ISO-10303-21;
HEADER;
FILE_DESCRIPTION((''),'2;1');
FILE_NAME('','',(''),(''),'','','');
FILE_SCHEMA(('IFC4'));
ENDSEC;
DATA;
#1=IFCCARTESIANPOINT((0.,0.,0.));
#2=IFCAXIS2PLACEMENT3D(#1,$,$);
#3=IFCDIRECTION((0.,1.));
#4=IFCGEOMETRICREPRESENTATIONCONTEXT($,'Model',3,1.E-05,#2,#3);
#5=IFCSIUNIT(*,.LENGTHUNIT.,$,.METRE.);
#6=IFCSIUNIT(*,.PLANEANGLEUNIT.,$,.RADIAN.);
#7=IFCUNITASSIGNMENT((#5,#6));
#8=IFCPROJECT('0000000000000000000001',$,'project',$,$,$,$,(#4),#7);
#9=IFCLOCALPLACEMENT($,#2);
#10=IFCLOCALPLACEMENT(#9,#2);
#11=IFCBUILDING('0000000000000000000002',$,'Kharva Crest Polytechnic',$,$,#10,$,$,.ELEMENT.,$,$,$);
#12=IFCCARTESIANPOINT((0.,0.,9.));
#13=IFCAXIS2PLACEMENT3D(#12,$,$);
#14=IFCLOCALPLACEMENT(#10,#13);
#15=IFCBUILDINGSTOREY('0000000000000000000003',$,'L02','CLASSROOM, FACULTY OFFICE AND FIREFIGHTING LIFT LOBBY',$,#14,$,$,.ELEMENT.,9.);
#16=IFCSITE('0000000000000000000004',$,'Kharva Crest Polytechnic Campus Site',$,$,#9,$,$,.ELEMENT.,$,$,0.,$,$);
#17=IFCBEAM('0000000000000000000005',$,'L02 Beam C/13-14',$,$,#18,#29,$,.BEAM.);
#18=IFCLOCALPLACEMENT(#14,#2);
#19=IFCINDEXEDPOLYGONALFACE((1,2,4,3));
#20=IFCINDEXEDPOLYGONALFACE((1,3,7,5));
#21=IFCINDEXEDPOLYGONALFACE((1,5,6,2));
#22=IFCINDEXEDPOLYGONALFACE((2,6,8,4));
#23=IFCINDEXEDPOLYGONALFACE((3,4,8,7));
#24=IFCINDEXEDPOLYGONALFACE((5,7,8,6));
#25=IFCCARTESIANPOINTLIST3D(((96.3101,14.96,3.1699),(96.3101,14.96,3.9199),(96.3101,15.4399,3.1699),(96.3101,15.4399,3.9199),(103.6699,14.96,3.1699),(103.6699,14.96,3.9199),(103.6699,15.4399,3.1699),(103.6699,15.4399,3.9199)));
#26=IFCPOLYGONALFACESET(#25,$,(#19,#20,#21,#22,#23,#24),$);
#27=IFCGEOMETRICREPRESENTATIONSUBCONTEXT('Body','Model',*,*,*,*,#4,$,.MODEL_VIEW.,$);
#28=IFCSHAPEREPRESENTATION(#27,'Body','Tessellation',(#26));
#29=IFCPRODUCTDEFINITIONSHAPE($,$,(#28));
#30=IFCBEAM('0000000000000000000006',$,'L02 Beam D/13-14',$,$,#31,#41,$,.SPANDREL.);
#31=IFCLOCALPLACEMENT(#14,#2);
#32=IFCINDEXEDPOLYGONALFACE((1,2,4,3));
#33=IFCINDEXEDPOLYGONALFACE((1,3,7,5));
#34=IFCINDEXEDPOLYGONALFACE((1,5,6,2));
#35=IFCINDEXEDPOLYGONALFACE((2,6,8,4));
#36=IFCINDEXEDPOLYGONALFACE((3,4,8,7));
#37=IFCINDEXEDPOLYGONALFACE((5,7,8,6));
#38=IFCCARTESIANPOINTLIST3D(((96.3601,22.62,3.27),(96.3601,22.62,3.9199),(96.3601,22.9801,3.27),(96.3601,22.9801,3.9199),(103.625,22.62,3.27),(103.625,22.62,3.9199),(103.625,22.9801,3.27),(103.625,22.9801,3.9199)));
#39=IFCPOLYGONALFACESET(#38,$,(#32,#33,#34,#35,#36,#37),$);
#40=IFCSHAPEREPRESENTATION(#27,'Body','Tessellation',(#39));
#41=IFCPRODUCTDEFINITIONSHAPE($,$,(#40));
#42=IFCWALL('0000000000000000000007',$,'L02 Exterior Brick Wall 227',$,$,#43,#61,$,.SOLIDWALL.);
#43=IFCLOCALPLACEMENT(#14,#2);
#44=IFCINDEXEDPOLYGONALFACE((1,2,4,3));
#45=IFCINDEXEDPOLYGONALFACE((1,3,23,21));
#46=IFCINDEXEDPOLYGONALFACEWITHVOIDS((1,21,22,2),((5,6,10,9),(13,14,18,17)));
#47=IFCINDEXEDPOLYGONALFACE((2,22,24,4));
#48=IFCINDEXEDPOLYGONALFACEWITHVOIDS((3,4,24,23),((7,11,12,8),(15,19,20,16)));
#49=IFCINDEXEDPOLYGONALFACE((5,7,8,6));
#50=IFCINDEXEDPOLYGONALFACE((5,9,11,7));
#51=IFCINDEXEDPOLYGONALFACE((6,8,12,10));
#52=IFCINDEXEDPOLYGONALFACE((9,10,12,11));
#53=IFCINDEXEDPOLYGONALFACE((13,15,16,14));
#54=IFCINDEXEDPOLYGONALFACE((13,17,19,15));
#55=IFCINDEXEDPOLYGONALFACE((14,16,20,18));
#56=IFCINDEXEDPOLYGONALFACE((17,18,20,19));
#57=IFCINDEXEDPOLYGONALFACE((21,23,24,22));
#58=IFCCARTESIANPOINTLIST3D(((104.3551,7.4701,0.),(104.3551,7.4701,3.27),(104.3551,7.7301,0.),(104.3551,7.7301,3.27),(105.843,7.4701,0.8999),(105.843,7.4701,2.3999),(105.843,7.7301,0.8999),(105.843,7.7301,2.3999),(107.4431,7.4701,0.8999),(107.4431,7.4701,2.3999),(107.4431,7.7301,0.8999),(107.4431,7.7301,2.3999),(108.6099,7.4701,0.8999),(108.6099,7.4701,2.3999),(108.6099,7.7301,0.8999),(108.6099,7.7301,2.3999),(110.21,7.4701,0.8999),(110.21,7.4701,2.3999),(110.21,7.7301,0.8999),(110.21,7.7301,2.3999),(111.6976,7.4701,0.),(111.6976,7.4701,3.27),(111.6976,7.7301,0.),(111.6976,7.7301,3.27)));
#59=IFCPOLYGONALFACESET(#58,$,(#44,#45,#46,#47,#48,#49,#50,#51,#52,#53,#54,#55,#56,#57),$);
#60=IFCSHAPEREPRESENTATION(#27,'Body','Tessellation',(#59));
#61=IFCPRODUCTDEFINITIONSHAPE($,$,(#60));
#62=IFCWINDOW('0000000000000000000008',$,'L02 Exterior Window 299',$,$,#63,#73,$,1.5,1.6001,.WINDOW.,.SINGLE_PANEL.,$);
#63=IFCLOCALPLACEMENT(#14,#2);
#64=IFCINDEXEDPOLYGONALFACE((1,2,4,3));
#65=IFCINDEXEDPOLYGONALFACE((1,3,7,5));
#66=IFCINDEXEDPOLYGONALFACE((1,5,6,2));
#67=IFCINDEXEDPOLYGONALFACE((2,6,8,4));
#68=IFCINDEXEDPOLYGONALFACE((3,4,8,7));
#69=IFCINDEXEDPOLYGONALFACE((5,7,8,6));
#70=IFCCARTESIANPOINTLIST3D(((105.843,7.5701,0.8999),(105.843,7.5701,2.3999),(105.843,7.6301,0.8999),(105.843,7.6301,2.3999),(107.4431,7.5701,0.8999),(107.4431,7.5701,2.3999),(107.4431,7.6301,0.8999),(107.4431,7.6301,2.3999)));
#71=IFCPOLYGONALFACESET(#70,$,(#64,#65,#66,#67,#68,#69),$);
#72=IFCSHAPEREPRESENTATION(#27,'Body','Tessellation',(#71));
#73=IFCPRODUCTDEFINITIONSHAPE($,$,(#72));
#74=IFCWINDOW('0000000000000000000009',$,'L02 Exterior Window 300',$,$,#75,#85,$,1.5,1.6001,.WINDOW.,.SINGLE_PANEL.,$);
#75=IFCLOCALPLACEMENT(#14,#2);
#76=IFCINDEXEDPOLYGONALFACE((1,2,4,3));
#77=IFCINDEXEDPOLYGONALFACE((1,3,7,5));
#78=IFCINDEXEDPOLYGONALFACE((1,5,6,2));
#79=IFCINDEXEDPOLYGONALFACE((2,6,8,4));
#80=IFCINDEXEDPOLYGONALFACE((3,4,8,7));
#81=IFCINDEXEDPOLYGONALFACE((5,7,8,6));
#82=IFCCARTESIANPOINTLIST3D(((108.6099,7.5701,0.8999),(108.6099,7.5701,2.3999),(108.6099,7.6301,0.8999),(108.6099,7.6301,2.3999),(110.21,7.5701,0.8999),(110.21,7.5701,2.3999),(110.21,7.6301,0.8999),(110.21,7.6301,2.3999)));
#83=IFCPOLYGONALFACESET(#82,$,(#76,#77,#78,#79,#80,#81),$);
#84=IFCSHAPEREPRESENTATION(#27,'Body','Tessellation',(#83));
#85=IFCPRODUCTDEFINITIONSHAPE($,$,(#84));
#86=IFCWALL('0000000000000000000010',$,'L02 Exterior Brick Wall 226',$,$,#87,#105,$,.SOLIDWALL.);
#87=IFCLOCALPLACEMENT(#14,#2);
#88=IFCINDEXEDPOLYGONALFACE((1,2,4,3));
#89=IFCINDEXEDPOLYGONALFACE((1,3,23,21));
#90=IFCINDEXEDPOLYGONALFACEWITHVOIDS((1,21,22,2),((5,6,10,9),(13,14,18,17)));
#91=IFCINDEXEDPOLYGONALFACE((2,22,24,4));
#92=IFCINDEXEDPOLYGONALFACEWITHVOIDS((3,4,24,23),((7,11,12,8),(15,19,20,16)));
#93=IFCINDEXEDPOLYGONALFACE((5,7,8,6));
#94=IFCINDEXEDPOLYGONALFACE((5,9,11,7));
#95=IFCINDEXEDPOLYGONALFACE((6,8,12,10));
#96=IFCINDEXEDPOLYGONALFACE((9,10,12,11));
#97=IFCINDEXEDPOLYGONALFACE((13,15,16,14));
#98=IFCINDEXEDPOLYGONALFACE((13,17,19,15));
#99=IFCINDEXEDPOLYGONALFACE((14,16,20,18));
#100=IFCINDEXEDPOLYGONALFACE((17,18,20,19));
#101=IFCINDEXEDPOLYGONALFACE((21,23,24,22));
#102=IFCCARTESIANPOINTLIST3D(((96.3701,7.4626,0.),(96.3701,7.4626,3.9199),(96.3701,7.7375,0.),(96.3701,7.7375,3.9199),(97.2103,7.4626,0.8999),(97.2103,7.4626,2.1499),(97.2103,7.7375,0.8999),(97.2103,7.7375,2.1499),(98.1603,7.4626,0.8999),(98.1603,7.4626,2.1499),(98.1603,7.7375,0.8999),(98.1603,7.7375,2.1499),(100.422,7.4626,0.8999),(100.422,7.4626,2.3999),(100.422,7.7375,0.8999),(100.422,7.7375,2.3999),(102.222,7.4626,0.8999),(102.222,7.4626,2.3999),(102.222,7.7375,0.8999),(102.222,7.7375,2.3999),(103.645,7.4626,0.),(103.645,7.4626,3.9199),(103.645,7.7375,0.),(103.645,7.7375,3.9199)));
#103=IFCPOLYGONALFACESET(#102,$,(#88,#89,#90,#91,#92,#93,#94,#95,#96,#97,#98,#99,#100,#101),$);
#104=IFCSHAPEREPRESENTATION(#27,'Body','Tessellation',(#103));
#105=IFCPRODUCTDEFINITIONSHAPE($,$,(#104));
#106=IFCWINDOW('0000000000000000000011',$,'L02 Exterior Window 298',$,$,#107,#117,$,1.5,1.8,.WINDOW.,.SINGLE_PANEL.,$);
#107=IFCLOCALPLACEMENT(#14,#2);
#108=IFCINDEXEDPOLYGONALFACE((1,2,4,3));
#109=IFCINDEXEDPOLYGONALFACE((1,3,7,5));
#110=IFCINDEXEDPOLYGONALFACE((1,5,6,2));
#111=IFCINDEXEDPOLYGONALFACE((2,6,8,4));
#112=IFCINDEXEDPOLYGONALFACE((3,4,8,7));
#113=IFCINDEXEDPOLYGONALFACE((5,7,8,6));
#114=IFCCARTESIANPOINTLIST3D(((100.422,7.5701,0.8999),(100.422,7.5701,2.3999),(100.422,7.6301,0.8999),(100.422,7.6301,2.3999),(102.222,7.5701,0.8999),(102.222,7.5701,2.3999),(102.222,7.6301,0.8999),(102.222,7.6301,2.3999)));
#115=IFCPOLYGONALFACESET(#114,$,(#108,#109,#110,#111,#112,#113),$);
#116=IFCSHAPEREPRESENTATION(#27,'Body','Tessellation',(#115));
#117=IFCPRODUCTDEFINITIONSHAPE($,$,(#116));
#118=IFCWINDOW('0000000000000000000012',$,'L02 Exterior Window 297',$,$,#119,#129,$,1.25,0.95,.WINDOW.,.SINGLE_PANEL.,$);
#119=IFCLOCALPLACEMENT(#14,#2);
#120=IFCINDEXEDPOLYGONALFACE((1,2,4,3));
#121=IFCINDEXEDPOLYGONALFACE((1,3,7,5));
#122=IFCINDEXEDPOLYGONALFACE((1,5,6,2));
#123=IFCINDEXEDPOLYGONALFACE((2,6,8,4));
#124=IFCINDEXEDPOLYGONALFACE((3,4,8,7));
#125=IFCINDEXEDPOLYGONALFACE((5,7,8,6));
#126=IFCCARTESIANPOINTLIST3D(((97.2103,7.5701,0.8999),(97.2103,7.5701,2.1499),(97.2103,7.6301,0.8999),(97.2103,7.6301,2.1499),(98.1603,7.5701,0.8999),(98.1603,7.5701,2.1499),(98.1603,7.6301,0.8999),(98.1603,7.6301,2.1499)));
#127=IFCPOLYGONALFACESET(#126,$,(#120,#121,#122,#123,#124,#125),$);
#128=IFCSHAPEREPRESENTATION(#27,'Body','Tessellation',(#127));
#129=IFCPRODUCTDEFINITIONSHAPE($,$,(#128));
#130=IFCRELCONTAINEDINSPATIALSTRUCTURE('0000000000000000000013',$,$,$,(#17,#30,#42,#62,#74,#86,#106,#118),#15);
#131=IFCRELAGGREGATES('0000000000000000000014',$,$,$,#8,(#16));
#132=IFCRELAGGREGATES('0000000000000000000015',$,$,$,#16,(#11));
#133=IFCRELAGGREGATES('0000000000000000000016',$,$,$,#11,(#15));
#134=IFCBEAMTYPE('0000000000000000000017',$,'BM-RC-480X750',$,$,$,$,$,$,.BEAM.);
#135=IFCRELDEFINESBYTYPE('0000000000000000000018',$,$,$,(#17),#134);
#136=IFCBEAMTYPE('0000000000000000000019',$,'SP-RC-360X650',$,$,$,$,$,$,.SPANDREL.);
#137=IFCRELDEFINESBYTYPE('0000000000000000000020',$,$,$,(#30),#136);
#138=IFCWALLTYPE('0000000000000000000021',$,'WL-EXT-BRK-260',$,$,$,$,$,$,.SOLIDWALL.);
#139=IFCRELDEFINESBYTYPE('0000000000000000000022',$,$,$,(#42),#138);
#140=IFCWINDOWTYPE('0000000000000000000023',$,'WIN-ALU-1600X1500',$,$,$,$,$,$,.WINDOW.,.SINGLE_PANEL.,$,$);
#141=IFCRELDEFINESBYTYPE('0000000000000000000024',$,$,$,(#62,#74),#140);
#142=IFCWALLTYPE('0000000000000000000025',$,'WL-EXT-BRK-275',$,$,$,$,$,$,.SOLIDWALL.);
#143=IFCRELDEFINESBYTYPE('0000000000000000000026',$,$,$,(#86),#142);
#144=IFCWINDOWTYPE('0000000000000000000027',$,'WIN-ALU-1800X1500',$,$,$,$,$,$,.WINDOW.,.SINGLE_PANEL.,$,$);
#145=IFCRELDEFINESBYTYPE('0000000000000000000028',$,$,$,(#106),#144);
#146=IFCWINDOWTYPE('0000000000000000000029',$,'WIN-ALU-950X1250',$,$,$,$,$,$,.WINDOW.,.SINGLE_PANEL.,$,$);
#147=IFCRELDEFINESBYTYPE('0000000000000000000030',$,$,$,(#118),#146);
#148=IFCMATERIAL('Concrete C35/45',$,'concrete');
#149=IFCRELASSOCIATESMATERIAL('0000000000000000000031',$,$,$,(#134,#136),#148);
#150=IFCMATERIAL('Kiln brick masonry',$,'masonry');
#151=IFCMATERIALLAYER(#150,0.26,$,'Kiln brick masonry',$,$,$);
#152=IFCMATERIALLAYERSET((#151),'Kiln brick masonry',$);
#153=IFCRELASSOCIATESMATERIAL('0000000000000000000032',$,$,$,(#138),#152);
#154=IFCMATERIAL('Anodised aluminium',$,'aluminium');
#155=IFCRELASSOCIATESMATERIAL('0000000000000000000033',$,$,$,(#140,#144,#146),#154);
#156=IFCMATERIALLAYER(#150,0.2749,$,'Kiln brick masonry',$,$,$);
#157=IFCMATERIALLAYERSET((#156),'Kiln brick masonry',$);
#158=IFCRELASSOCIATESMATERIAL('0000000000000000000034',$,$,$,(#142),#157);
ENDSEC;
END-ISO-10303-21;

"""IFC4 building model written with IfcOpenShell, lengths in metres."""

from ifc_helpers import new_model, si_unit, direction, frame, frame_2d, origin, origin_2d, place, context, subcontext, project, spatial, rectangle, extrude, material, layer, layer_set, material_profile, profile_set, type_object, element, fill, save


model = new_model("IFC4")

# Units and contexts
model_context = context("Model", 3, precision=1e-05, world=origin(), true_north=direction((0.0, 1.0)))
body_context = subcontext(model_context, "Body", "Model", "MODEL_VIEW")
ifc_project = project(units=[si_unit("LENGTHUNIT", "METRE"), si_unit("PLANEANGLEUNIT", "RADIAN")], contexts=[model_context])

# Site, building, storey
site_placement = place(None, origin())
site = spatial("IfcSite", under=ifc_project, at=site_placement, Name="Kharva Crest Polytechnic Campus Site", CompositionType="ELEMENT", RefElevation=0.0)
building_placement = place(site_placement, origin())
building = spatial("IfcBuilding", under=site, at=building_placement, Name="Kharva Crest Polytechnic", CompositionType="ELEMENT")
storey_placement = place(building_placement, frame((0.0, 0.0, 9.0)))
storey = spatial("IfcBuildingStorey", under=building, at=storey_placement, Name="L02", Description="CLASSROOM, FACULTY OFFICE AND FIREFIGHTING LIFT LOBBY", CompositionType="ELEMENT", Elevation=9.0)

# Beams
ifc_material_1 = material(Name="Concrete C35/45", Category="concrete")
ifc_material_profile_1 = material_profile(ifc_material_1, rectangle(XDim=0.48, YDim=0.75, at=origin_2d()), Name="RECT 480 X 750")
ifc_profile_set_1 = profile_set([ifc_material_profile_1], Name="Concrete C35/45")
beam_type_1 = type_object("IfcBeamType", Name="BM-RC-480X750", PredefinedType="BEAM", material=ifc_profile_set_1)
beam_1_placement = place(storey_placement, frame((96.3101, 15.2, 3.5449), z_axis=(1.0, 0.0, 0.0), x_axis=(0.0, 1.0, 0.0)))
element("IfcBeam", 1, at=beam_1_placement, inside=storey, type_object=beam_type_1, Name="L02 Beam C/13-14", PredefinedType="BEAM", context=body_context, shape_type="SweptSolid", body=[
    extrude(rectangle(XDim=0.48, YDim=0.75, at=origin_2d()), origin(), (0.0, 0.0, 1.0), 7.3599),
])
ifc_material_profile_2 = material_profile(ifc_material_1, rectangle(XDim=0.3601, YDim=0.6499, at=origin_2d()), Name="RECT 360 X 650")
ifc_profile_set_2 = profile_set([ifc_material_profile_2], Name="Concrete C35/45")
beam_type_2 = type_object("IfcBeamType", Name="SP-RC-360X650", PredefinedType="SPANDREL", material=ifc_profile_set_2)
beam_2_placement = place(storey_placement, frame((96.3601, 22.8, 3.595), z_axis=(1.0, 0.0, 0.0), x_axis=(0.0, 1.0, 0.0)))
element("IfcBeam", 2, at=beam_2_placement, inside=storey, type_object=beam_type_2, Name="L02 Beam D/13-14", PredefinedType="SPANDREL", context=body_context, shape_type="SweptSolid", body=[
    extrude(rectangle(XDim=0.3601, YDim=0.6499, at=origin_2d()), origin(), (0.0, 0.0, 1.0), 7.2649),
])

# Walls, openings, windows
ifc_material_2 = material(Name="Kiln brick masonry", Category="masonry")
ifc_layer_1 = layer(ifc_material_2, 0.26, Name="Kiln brick masonry")
ifc_layer_set_1 = layer_set([ifc_layer_1], Name="Kiln brick masonry")
wall_type_1 = type_object("IfcWallType", Name="WL-EXT-BRK-260", PredefinedType="SOLIDWALL", material=ifc_layer_set_1)
wall_1_placement = place(storey_placement, frame((104.355, 7.6001, 0.0), z_axis=(0.0, 0.0, 1.0), x_axis=(1.0, 0.0, 0.0)))
wall_1 = element("IfcWall", 3, at=wall_1_placement, inside=storey, type_object=wall_type_1, Name="L02 Exterior Brick Wall 227", PredefinedType="SOLIDWALL", context=body_context, shape_type="SweptSolid", body=[
    extrude(rectangle(XDim=7.3425, YDim=0.26, at=frame_2d((3.6714, 0.0))), origin(), (0.0, 0.0, 1.0), 3.27),
])
opening_1_placement = place(wall_1_placement, frame((1.488, 0.0, 0.8999)))
opening_1 = element("IfcOpeningElement", 4, at=opening_1_placement, cuts=wall_1, PredefinedType="OPENING", context=body_context, shape_type="SweptSolid", body=[
    extrude(rectangle(XDim=1.6001, YDim=1.5, at=frame_2d((0.8, 0.75))), frame((0.0, 0.1399, 0.0), z_axis=(0.0, -1.0, 0.0), x_axis=(1.0, 0.0, 0.0)), (0.0, 0.0, 1.0), 0.28),
])
opening_2_placement = place(wall_1_placement, frame((4.2549, 0.0, 0.8999)))
opening_2 = element("IfcOpeningElement", 5, at=opening_2_placement, cuts=wall_1, PredefinedType="OPENING", context=body_context, shape_type="SweptSolid", body=[
    extrude(rectangle(XDim=1.6001, YDim=1.5, at=frame_2d((0.8, 0.75))), frame((0.0, 0.1399, 0.0), z_axis=(0.0, -1.0, 0.0), x_axis=(1.0, 0.0, 0.0)), (0.0, 0.0, 1.0), 0.28),
])
ifc_material_3 = material(Name="Anodised aluminium", Category="aluminium")
window_type_1 = type_object("IfcWindowType", Name="WIN-ALU-1600X1500", PartitioningType="SINGLE_PANEL", PredefinedType="WINDOW", material=ifc_material_3)
window_1_placement = place(opening_1_placement, origin())
window_1 = element("IfcWindow", 6, at=window_1_placement, inside=storey, type_object=window_type_1, Name="L02 Exterior Window 299", OverallHeight=1.5, OverallWidth=1.6001, PartitioningType="SINGLE_PANEL", PredefinedType="WINDOW", context=body_context, shape_type="SweptSolid", body=[
    extrude(rectangle(XDim=1.6001, YDim=1.5, at=frame_2d((0.8, 0.75))), frame((0.0, 0.03, 0.0), z_axis=(0.0, -1.0, 0.0), x_axis=(1.0, 0.0, 0.0)), (0.0, 0.0, 1.0), 0.0601),
])
fill(opening_1, window_1)
window_2_placement = place(opening_2_placement, origin())
window_2 = element("IfcWindow", 7, at=window_2_placement, inside=storey, type_object=window_type_1, Name="L02 Exterior Window 300", OverallHeight=1.5, OverallWidth=1.6001, PartitioningType="SINGLE_PANEL", PredefinedType="WINDOW", context=body_context, shape_type="SweptSolid", body=[
    extrude(rectangle(XDim=1.6001, YDim=1.5, at=frame_2d((0.8, 0.75))), frame((0.0, 0.03, 0.0), z_axis=(0.0, -1.0, 0.0), x_axis=(1.0, 0.0, 0.0)), (0.0, 0.0, 1.0), 0.0601),
])
fill(opening_2, window_2)
ifc_layer_2 = layer(ifc_material_2, 0.2749, Name="Kiln brick masonry")
ifc_layer_set_2 = layer_set([ifc_layer_2], Name="Kiln brick masonry")
wall_type_2 = type_object("IfcWallType", Name="WL-EXT-BRK-275", PredefinedType="SOLIDWALL", material=ifc_layer_set_2)
wall_2_placement = place(storey_placement, frame((96.3701, 7.6001, 0.0), z_axis=(0.0, 0.0, 1.0), x_axis=(1.0, 0.0, 0.0)))
wall_2 = element("IfcWall", 8, at=wall_2_placement, inside=storey, type_object=wall_type_2, Name="L02 Exterior Brick Wall 226", PredefinedType="SOLIDWALL", context=body_context, shape_type="SweptSolid", body=[
    extrude(rectangle(XDim=7.2749, YDim=0.2749, at=frame_2d((3.6375, 0.0))), origin(), (0.0, 0.0, 1.0), 3.9199),
])
opening_3_placement = place(wall_2_placement, frame((0.8401, 0.0, 0.8999)))
opening_3 = element("IfcOpeningElement", 9, at=opening_3_placement, cuts=wall_2, PredefinedType="OPENING", context=body_context, shape_type="SweptSolid", body=[
    extrude(rectangle(XDim=0.95, YDim=1.25, at=frame_2d((0.4751, 0.625))), frame((0.0, 0.1475, 0.0), z_axis=(0.0, -1.0, 0.0), x_axis=(1.0, 0.0, 0.0)), (0.0, 0.0, 1.0), 0.2949),
])
opening_4_placement = place(wall_2_placement, frame((4.052, 0.0, 0.8999)))
opening_4 = element("IfcOpeningElement", 10, at=opening_4_placement, cuts=wall_2, PredefinedType="OPENING", context=body_context, shape_type="SweptSolid", body=[
    extrude(rectangle(XDim=1.8, YDim=1.5, at=frame_2d((0.8999, 0.75))), frame((0.0, 0.1475, 0.0), z_axis=(0.0, -1.0, 0.0), x_axis=(1.0, 0.0, 0.0)), (0.0, 0.0, 1.0), 0.2949),
])
window_type_2 = type_object("IfcWindowType", Name="WIN-ALU-1800X1500", PartitioningType="SINGLE_PANEL", PredefinedType="WINDOW", material=ifc_material_3)
window_3_placement = place(opening_4_placement, origin())
window_3 = element("IfcWindow", 11, at=window_3_placement, inside=storey, type_object=window_type_2, Name="L02 Exterior Window 298", OverallHeight=1.5, OverallWidth=1.8, PartitioningType="SINGLE_PANEL", PredefinedType="WINDOW", context=body_context, shape_type="SweptSolid", body=[
    extrude(rectangle(XDim=1.8, YDim=1.5, at=frame_2d((0.8999, 0.75))), frame((0.0, 0.03, 0.0), z_axis=(0.0, -1.0, 0.0), x_axis=(1.0, 0.0, 0.0)), (0.0, 0.0, 1.0), 0.0601),
])
fill(opening_4, window_3)
window_type_3 = type_object("IfcWindowType", Name="WIN-ALU-950X1250", PartitioningType="SINGLE_PANEL", PredefinedType="WINDOW", material=ifc_material_3)
window_4_placement = place(opening_3_placement, origin())
window_4 = element("IfcWindow", 12, at=window_4_placement, inside=storey, type_object=window_type_3, Name="L02 Exterior Window 297", OverallHeight=1.25, OverallWidth=0.95, PartitioningType="SINGLE_PANEL", PredefinedType="WINDOW", context=body_context, shape_type="SweptSolid", body=[
    extrude(rectangle(XDim=0.95, YDim=1.25, at=frame_2d((0.4751, 0.625))), frame((0.0, 0.03, 0.0), z_axis=(0.0, -1.0, 0.0), x_axis=(1.0, 0.0, 0.0)), (0.0, 0.0, 1.0), 0.0601),
])
fill(opening_3, window_4)

save(model, "model.ifc")
